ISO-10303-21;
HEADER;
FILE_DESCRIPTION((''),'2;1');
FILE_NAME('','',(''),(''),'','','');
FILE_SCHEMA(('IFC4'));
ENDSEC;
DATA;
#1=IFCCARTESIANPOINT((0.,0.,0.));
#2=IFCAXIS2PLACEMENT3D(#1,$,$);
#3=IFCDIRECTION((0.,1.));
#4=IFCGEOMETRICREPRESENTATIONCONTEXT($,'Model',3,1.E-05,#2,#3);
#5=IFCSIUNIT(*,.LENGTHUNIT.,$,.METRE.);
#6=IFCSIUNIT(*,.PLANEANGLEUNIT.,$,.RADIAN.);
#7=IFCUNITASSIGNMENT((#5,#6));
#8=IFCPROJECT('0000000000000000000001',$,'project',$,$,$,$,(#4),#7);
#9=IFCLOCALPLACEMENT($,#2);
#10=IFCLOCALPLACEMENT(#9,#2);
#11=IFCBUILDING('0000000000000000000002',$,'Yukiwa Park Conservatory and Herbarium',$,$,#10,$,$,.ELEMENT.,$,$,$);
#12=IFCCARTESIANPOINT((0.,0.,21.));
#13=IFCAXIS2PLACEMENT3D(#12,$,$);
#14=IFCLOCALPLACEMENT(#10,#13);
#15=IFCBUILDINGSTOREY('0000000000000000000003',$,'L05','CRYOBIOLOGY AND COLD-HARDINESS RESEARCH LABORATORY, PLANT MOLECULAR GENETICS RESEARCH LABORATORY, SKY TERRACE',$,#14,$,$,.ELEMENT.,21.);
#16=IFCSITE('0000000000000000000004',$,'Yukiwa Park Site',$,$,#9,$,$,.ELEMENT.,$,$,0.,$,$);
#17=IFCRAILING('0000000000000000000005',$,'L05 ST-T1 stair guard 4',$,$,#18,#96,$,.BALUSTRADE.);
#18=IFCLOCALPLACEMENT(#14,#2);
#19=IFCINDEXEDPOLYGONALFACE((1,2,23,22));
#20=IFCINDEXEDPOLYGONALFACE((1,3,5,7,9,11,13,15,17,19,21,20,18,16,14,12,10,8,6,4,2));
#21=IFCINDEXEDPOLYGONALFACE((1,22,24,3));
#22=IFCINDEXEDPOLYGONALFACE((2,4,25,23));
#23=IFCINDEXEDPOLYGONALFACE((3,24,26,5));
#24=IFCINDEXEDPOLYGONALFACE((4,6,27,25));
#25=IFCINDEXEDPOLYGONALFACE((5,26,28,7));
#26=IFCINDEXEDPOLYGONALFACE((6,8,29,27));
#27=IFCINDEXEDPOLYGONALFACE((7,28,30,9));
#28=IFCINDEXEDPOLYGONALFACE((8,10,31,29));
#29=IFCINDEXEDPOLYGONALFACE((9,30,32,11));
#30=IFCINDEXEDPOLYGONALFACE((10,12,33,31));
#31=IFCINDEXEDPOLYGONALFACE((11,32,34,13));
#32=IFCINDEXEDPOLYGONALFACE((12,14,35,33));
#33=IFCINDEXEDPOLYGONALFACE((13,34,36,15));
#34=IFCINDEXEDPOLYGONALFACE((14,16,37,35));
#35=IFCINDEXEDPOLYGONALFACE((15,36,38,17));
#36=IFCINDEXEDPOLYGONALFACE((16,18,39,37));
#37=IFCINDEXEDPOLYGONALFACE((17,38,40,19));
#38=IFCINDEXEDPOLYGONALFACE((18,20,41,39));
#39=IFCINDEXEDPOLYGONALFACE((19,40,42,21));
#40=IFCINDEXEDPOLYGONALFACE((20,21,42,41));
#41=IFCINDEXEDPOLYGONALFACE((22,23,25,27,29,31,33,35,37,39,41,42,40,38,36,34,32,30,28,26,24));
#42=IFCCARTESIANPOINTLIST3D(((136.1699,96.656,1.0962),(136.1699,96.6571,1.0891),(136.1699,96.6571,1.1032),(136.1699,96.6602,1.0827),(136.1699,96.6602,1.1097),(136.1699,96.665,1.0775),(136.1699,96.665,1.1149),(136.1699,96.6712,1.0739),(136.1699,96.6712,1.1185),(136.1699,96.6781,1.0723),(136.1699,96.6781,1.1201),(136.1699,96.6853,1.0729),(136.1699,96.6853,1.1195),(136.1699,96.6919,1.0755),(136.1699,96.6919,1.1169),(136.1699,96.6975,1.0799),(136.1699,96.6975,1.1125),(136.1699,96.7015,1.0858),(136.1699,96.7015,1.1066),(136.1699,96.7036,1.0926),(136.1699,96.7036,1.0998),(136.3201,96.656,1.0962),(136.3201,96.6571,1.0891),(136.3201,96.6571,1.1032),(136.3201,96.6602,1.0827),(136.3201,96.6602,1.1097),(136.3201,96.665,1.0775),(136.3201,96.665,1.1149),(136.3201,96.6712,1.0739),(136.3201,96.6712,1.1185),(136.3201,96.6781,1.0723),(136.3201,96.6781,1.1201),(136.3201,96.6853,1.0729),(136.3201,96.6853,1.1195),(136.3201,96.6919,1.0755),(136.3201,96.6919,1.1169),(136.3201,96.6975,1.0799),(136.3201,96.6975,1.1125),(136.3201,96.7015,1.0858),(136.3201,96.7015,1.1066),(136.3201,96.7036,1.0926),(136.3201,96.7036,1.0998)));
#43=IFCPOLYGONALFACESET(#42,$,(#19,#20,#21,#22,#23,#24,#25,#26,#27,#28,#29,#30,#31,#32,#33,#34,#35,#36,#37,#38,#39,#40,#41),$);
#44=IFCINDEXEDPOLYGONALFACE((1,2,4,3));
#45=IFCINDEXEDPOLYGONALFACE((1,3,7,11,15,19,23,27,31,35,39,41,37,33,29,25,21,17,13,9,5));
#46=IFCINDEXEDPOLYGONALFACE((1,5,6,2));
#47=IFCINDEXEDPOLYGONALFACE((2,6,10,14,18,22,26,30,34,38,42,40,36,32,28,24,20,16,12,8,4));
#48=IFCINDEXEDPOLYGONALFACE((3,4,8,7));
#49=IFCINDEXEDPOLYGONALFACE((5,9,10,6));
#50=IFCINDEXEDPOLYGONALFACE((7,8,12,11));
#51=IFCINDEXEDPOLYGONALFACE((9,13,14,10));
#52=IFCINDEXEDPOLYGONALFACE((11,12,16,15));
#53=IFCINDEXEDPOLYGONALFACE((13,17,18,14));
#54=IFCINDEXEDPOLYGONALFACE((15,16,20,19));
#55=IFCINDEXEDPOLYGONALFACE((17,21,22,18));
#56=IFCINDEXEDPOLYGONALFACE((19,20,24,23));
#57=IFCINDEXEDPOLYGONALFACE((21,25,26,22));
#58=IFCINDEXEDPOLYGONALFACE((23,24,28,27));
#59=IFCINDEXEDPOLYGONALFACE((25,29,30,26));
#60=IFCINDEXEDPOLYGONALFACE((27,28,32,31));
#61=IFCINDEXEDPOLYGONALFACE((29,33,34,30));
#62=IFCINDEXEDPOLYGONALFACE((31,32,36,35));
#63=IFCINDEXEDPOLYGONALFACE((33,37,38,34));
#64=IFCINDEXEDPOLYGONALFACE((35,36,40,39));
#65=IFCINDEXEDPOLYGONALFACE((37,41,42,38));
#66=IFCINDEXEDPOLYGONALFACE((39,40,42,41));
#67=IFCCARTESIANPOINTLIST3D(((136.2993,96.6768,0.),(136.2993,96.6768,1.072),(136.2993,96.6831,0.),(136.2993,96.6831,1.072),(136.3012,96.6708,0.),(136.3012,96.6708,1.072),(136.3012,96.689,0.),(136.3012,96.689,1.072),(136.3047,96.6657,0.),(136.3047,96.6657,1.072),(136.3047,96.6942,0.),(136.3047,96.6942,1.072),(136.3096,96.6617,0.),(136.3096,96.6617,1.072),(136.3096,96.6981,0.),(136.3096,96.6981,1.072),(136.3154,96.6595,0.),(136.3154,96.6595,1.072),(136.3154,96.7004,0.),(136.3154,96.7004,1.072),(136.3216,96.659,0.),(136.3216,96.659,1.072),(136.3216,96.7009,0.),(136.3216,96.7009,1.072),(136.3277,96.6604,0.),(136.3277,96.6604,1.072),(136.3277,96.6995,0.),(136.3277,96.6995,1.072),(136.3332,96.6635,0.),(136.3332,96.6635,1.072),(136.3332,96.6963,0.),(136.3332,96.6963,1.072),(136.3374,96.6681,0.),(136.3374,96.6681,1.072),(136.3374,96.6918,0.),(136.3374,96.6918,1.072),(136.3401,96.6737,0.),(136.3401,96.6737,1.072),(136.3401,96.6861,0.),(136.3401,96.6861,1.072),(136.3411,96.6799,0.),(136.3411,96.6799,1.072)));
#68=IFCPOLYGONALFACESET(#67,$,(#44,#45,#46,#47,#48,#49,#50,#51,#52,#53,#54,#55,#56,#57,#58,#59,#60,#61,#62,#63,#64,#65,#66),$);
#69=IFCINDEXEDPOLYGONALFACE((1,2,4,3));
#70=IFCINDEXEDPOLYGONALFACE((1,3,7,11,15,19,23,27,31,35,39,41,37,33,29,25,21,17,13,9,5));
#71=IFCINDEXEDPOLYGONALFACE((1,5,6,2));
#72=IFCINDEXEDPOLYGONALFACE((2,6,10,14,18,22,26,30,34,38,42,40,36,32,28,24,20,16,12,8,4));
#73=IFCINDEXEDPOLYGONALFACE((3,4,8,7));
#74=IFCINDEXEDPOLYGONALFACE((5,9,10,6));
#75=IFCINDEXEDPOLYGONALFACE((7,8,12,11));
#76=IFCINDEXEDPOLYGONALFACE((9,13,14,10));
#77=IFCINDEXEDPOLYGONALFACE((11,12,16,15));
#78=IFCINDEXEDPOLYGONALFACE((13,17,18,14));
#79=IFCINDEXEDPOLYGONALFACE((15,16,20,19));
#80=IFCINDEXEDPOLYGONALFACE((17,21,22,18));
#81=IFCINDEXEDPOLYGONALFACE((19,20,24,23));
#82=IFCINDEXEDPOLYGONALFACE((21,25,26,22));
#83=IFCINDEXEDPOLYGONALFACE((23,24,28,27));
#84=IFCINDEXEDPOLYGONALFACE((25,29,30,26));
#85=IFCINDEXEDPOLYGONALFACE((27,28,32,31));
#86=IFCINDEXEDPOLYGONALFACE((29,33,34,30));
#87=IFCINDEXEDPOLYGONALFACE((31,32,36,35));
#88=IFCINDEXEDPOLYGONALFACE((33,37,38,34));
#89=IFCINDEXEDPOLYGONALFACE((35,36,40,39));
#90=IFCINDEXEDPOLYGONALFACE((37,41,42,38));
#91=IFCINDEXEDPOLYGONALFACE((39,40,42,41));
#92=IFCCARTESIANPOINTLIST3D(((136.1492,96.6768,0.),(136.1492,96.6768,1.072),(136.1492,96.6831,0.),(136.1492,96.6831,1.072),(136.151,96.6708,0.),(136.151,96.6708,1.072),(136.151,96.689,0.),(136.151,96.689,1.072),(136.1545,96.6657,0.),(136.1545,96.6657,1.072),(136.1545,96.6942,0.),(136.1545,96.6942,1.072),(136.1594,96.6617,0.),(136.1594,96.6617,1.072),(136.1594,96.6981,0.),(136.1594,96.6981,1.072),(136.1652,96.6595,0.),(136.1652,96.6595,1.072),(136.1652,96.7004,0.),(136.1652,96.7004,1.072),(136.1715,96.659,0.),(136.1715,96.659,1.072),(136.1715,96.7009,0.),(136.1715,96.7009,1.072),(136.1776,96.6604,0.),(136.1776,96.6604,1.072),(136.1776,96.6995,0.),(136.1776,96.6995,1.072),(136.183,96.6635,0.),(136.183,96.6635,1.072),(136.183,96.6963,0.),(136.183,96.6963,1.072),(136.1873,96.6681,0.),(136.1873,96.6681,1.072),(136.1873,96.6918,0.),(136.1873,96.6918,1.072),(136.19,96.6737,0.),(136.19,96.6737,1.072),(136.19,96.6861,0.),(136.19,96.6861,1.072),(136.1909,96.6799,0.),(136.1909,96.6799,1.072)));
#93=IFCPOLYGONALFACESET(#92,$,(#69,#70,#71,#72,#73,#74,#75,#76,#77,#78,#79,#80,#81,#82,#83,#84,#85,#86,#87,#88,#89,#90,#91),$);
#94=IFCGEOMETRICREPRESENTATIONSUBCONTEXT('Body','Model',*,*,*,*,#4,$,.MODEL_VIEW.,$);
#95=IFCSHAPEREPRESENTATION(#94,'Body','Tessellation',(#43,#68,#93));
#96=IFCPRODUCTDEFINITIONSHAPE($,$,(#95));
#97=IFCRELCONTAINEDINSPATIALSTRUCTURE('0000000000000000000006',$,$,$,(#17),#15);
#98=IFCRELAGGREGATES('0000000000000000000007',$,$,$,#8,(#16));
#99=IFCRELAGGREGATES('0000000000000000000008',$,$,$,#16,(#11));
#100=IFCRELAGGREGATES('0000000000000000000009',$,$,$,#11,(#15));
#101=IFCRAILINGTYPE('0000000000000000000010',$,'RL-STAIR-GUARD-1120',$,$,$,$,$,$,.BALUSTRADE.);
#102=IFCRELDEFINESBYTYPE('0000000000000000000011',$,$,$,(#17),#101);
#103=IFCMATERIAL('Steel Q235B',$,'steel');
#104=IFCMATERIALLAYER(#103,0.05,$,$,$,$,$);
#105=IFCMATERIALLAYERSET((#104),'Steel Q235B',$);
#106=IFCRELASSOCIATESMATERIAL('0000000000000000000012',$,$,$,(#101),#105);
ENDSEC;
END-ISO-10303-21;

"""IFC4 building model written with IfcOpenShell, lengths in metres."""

from ifc_helpers import new_model, si_unit, direction, frame, origin, origin_2d, place, context, subcontext, project, spatial, circle, extrude, material, layer, layer_set, type_object, element, save


model = new_model("IFC4")

# Units and contexts
model_context = context("Model", 3, precision=1e-05, world=origin(), true_north=direction((0.0, 1.0)))
body_context = subcontext(model_context, "Body", "Model", "MODEL_VIEW")
ifc_project = project(units=[si_unit("LENGTHUNIT", "METRE"), si_unit("PLANEANGLEUNIT", "RADIAN")], contexts=[model_context])

# Site, building, storey
site_placement = place(None, origin())
site = spatial("IfcSite", under=ifc_project, at=site_placement, Name="Yukiwa Park Site", CompositionType="ELEMENT", RefElevation=0.0)
building_placement = place(site_placement, origin())
building = spatial("IfcBuilding", under=site, at=building_placement, Name="Yukiwa Park Conservatory and Herbarium", CompositionType="ELEMENT")
storey_placement = place(building_placement, frame((0.0, 0.0, 21.0)))
storey = spatial("IfcBuildingStorey", under=building, at=storey_placement, Name="L05", Description="CRYOBIOLOGY AND COLD-HARDINESS RESEARCH LABORATORY, PLANT MOLECULAR GENETICS RESEARCH LABORATORY, SKY TERRACE", CompositionType="ELEMENT", Elevation=21.0)

# Railing
ifc_material_1 = material(Name="Steel Q235B", Category="steel")
ifc_layer_1 = layer(ifc_material_1, 0.05)
ifc_layer_set_1 = layer_set([ifc_layer_1], Name="Steel Q235B")
railing_type_1 = type_object("IfcRailingType", Name="RL-STAIR-GUARD-1120", PredefinedType="BALUSTRADE", material=ifc_layer_set_1)
railing_1_placement = place(storey_placement, frame((136.3201, 96.6799, 0.0)))
element("IfcRailing", 1, at=railing_1_placement, inside=storey, type_object=railing_type_1, Name="L05 ST-T1 stair guard 4", PredefinedType="BALUSTRADE", context=body_context, shape_type="SweptSolid", body=[
    extrude(circle(Radius=0.0239, at=origin_2d()), frame((0.0, 0.0, 1.0962), z_axis=(-1.0, 0.0, 0.0), x_axis=(0.0, -1.0, 0.0)), (0.0, 0.0, 1.0), 0.1501),
    extrude(circle(Radius=0.021, at=origin_2d()), origin(), (0.0, 0.0, 1.0), 1.072),
    extrude(circle(Radius=0.021, at=origin_2d()), frame((-0.1501, 0.0, 0.0)), (0.0, 0.0, 1.0), 1.072),
])

save(model, "model.ifc")
